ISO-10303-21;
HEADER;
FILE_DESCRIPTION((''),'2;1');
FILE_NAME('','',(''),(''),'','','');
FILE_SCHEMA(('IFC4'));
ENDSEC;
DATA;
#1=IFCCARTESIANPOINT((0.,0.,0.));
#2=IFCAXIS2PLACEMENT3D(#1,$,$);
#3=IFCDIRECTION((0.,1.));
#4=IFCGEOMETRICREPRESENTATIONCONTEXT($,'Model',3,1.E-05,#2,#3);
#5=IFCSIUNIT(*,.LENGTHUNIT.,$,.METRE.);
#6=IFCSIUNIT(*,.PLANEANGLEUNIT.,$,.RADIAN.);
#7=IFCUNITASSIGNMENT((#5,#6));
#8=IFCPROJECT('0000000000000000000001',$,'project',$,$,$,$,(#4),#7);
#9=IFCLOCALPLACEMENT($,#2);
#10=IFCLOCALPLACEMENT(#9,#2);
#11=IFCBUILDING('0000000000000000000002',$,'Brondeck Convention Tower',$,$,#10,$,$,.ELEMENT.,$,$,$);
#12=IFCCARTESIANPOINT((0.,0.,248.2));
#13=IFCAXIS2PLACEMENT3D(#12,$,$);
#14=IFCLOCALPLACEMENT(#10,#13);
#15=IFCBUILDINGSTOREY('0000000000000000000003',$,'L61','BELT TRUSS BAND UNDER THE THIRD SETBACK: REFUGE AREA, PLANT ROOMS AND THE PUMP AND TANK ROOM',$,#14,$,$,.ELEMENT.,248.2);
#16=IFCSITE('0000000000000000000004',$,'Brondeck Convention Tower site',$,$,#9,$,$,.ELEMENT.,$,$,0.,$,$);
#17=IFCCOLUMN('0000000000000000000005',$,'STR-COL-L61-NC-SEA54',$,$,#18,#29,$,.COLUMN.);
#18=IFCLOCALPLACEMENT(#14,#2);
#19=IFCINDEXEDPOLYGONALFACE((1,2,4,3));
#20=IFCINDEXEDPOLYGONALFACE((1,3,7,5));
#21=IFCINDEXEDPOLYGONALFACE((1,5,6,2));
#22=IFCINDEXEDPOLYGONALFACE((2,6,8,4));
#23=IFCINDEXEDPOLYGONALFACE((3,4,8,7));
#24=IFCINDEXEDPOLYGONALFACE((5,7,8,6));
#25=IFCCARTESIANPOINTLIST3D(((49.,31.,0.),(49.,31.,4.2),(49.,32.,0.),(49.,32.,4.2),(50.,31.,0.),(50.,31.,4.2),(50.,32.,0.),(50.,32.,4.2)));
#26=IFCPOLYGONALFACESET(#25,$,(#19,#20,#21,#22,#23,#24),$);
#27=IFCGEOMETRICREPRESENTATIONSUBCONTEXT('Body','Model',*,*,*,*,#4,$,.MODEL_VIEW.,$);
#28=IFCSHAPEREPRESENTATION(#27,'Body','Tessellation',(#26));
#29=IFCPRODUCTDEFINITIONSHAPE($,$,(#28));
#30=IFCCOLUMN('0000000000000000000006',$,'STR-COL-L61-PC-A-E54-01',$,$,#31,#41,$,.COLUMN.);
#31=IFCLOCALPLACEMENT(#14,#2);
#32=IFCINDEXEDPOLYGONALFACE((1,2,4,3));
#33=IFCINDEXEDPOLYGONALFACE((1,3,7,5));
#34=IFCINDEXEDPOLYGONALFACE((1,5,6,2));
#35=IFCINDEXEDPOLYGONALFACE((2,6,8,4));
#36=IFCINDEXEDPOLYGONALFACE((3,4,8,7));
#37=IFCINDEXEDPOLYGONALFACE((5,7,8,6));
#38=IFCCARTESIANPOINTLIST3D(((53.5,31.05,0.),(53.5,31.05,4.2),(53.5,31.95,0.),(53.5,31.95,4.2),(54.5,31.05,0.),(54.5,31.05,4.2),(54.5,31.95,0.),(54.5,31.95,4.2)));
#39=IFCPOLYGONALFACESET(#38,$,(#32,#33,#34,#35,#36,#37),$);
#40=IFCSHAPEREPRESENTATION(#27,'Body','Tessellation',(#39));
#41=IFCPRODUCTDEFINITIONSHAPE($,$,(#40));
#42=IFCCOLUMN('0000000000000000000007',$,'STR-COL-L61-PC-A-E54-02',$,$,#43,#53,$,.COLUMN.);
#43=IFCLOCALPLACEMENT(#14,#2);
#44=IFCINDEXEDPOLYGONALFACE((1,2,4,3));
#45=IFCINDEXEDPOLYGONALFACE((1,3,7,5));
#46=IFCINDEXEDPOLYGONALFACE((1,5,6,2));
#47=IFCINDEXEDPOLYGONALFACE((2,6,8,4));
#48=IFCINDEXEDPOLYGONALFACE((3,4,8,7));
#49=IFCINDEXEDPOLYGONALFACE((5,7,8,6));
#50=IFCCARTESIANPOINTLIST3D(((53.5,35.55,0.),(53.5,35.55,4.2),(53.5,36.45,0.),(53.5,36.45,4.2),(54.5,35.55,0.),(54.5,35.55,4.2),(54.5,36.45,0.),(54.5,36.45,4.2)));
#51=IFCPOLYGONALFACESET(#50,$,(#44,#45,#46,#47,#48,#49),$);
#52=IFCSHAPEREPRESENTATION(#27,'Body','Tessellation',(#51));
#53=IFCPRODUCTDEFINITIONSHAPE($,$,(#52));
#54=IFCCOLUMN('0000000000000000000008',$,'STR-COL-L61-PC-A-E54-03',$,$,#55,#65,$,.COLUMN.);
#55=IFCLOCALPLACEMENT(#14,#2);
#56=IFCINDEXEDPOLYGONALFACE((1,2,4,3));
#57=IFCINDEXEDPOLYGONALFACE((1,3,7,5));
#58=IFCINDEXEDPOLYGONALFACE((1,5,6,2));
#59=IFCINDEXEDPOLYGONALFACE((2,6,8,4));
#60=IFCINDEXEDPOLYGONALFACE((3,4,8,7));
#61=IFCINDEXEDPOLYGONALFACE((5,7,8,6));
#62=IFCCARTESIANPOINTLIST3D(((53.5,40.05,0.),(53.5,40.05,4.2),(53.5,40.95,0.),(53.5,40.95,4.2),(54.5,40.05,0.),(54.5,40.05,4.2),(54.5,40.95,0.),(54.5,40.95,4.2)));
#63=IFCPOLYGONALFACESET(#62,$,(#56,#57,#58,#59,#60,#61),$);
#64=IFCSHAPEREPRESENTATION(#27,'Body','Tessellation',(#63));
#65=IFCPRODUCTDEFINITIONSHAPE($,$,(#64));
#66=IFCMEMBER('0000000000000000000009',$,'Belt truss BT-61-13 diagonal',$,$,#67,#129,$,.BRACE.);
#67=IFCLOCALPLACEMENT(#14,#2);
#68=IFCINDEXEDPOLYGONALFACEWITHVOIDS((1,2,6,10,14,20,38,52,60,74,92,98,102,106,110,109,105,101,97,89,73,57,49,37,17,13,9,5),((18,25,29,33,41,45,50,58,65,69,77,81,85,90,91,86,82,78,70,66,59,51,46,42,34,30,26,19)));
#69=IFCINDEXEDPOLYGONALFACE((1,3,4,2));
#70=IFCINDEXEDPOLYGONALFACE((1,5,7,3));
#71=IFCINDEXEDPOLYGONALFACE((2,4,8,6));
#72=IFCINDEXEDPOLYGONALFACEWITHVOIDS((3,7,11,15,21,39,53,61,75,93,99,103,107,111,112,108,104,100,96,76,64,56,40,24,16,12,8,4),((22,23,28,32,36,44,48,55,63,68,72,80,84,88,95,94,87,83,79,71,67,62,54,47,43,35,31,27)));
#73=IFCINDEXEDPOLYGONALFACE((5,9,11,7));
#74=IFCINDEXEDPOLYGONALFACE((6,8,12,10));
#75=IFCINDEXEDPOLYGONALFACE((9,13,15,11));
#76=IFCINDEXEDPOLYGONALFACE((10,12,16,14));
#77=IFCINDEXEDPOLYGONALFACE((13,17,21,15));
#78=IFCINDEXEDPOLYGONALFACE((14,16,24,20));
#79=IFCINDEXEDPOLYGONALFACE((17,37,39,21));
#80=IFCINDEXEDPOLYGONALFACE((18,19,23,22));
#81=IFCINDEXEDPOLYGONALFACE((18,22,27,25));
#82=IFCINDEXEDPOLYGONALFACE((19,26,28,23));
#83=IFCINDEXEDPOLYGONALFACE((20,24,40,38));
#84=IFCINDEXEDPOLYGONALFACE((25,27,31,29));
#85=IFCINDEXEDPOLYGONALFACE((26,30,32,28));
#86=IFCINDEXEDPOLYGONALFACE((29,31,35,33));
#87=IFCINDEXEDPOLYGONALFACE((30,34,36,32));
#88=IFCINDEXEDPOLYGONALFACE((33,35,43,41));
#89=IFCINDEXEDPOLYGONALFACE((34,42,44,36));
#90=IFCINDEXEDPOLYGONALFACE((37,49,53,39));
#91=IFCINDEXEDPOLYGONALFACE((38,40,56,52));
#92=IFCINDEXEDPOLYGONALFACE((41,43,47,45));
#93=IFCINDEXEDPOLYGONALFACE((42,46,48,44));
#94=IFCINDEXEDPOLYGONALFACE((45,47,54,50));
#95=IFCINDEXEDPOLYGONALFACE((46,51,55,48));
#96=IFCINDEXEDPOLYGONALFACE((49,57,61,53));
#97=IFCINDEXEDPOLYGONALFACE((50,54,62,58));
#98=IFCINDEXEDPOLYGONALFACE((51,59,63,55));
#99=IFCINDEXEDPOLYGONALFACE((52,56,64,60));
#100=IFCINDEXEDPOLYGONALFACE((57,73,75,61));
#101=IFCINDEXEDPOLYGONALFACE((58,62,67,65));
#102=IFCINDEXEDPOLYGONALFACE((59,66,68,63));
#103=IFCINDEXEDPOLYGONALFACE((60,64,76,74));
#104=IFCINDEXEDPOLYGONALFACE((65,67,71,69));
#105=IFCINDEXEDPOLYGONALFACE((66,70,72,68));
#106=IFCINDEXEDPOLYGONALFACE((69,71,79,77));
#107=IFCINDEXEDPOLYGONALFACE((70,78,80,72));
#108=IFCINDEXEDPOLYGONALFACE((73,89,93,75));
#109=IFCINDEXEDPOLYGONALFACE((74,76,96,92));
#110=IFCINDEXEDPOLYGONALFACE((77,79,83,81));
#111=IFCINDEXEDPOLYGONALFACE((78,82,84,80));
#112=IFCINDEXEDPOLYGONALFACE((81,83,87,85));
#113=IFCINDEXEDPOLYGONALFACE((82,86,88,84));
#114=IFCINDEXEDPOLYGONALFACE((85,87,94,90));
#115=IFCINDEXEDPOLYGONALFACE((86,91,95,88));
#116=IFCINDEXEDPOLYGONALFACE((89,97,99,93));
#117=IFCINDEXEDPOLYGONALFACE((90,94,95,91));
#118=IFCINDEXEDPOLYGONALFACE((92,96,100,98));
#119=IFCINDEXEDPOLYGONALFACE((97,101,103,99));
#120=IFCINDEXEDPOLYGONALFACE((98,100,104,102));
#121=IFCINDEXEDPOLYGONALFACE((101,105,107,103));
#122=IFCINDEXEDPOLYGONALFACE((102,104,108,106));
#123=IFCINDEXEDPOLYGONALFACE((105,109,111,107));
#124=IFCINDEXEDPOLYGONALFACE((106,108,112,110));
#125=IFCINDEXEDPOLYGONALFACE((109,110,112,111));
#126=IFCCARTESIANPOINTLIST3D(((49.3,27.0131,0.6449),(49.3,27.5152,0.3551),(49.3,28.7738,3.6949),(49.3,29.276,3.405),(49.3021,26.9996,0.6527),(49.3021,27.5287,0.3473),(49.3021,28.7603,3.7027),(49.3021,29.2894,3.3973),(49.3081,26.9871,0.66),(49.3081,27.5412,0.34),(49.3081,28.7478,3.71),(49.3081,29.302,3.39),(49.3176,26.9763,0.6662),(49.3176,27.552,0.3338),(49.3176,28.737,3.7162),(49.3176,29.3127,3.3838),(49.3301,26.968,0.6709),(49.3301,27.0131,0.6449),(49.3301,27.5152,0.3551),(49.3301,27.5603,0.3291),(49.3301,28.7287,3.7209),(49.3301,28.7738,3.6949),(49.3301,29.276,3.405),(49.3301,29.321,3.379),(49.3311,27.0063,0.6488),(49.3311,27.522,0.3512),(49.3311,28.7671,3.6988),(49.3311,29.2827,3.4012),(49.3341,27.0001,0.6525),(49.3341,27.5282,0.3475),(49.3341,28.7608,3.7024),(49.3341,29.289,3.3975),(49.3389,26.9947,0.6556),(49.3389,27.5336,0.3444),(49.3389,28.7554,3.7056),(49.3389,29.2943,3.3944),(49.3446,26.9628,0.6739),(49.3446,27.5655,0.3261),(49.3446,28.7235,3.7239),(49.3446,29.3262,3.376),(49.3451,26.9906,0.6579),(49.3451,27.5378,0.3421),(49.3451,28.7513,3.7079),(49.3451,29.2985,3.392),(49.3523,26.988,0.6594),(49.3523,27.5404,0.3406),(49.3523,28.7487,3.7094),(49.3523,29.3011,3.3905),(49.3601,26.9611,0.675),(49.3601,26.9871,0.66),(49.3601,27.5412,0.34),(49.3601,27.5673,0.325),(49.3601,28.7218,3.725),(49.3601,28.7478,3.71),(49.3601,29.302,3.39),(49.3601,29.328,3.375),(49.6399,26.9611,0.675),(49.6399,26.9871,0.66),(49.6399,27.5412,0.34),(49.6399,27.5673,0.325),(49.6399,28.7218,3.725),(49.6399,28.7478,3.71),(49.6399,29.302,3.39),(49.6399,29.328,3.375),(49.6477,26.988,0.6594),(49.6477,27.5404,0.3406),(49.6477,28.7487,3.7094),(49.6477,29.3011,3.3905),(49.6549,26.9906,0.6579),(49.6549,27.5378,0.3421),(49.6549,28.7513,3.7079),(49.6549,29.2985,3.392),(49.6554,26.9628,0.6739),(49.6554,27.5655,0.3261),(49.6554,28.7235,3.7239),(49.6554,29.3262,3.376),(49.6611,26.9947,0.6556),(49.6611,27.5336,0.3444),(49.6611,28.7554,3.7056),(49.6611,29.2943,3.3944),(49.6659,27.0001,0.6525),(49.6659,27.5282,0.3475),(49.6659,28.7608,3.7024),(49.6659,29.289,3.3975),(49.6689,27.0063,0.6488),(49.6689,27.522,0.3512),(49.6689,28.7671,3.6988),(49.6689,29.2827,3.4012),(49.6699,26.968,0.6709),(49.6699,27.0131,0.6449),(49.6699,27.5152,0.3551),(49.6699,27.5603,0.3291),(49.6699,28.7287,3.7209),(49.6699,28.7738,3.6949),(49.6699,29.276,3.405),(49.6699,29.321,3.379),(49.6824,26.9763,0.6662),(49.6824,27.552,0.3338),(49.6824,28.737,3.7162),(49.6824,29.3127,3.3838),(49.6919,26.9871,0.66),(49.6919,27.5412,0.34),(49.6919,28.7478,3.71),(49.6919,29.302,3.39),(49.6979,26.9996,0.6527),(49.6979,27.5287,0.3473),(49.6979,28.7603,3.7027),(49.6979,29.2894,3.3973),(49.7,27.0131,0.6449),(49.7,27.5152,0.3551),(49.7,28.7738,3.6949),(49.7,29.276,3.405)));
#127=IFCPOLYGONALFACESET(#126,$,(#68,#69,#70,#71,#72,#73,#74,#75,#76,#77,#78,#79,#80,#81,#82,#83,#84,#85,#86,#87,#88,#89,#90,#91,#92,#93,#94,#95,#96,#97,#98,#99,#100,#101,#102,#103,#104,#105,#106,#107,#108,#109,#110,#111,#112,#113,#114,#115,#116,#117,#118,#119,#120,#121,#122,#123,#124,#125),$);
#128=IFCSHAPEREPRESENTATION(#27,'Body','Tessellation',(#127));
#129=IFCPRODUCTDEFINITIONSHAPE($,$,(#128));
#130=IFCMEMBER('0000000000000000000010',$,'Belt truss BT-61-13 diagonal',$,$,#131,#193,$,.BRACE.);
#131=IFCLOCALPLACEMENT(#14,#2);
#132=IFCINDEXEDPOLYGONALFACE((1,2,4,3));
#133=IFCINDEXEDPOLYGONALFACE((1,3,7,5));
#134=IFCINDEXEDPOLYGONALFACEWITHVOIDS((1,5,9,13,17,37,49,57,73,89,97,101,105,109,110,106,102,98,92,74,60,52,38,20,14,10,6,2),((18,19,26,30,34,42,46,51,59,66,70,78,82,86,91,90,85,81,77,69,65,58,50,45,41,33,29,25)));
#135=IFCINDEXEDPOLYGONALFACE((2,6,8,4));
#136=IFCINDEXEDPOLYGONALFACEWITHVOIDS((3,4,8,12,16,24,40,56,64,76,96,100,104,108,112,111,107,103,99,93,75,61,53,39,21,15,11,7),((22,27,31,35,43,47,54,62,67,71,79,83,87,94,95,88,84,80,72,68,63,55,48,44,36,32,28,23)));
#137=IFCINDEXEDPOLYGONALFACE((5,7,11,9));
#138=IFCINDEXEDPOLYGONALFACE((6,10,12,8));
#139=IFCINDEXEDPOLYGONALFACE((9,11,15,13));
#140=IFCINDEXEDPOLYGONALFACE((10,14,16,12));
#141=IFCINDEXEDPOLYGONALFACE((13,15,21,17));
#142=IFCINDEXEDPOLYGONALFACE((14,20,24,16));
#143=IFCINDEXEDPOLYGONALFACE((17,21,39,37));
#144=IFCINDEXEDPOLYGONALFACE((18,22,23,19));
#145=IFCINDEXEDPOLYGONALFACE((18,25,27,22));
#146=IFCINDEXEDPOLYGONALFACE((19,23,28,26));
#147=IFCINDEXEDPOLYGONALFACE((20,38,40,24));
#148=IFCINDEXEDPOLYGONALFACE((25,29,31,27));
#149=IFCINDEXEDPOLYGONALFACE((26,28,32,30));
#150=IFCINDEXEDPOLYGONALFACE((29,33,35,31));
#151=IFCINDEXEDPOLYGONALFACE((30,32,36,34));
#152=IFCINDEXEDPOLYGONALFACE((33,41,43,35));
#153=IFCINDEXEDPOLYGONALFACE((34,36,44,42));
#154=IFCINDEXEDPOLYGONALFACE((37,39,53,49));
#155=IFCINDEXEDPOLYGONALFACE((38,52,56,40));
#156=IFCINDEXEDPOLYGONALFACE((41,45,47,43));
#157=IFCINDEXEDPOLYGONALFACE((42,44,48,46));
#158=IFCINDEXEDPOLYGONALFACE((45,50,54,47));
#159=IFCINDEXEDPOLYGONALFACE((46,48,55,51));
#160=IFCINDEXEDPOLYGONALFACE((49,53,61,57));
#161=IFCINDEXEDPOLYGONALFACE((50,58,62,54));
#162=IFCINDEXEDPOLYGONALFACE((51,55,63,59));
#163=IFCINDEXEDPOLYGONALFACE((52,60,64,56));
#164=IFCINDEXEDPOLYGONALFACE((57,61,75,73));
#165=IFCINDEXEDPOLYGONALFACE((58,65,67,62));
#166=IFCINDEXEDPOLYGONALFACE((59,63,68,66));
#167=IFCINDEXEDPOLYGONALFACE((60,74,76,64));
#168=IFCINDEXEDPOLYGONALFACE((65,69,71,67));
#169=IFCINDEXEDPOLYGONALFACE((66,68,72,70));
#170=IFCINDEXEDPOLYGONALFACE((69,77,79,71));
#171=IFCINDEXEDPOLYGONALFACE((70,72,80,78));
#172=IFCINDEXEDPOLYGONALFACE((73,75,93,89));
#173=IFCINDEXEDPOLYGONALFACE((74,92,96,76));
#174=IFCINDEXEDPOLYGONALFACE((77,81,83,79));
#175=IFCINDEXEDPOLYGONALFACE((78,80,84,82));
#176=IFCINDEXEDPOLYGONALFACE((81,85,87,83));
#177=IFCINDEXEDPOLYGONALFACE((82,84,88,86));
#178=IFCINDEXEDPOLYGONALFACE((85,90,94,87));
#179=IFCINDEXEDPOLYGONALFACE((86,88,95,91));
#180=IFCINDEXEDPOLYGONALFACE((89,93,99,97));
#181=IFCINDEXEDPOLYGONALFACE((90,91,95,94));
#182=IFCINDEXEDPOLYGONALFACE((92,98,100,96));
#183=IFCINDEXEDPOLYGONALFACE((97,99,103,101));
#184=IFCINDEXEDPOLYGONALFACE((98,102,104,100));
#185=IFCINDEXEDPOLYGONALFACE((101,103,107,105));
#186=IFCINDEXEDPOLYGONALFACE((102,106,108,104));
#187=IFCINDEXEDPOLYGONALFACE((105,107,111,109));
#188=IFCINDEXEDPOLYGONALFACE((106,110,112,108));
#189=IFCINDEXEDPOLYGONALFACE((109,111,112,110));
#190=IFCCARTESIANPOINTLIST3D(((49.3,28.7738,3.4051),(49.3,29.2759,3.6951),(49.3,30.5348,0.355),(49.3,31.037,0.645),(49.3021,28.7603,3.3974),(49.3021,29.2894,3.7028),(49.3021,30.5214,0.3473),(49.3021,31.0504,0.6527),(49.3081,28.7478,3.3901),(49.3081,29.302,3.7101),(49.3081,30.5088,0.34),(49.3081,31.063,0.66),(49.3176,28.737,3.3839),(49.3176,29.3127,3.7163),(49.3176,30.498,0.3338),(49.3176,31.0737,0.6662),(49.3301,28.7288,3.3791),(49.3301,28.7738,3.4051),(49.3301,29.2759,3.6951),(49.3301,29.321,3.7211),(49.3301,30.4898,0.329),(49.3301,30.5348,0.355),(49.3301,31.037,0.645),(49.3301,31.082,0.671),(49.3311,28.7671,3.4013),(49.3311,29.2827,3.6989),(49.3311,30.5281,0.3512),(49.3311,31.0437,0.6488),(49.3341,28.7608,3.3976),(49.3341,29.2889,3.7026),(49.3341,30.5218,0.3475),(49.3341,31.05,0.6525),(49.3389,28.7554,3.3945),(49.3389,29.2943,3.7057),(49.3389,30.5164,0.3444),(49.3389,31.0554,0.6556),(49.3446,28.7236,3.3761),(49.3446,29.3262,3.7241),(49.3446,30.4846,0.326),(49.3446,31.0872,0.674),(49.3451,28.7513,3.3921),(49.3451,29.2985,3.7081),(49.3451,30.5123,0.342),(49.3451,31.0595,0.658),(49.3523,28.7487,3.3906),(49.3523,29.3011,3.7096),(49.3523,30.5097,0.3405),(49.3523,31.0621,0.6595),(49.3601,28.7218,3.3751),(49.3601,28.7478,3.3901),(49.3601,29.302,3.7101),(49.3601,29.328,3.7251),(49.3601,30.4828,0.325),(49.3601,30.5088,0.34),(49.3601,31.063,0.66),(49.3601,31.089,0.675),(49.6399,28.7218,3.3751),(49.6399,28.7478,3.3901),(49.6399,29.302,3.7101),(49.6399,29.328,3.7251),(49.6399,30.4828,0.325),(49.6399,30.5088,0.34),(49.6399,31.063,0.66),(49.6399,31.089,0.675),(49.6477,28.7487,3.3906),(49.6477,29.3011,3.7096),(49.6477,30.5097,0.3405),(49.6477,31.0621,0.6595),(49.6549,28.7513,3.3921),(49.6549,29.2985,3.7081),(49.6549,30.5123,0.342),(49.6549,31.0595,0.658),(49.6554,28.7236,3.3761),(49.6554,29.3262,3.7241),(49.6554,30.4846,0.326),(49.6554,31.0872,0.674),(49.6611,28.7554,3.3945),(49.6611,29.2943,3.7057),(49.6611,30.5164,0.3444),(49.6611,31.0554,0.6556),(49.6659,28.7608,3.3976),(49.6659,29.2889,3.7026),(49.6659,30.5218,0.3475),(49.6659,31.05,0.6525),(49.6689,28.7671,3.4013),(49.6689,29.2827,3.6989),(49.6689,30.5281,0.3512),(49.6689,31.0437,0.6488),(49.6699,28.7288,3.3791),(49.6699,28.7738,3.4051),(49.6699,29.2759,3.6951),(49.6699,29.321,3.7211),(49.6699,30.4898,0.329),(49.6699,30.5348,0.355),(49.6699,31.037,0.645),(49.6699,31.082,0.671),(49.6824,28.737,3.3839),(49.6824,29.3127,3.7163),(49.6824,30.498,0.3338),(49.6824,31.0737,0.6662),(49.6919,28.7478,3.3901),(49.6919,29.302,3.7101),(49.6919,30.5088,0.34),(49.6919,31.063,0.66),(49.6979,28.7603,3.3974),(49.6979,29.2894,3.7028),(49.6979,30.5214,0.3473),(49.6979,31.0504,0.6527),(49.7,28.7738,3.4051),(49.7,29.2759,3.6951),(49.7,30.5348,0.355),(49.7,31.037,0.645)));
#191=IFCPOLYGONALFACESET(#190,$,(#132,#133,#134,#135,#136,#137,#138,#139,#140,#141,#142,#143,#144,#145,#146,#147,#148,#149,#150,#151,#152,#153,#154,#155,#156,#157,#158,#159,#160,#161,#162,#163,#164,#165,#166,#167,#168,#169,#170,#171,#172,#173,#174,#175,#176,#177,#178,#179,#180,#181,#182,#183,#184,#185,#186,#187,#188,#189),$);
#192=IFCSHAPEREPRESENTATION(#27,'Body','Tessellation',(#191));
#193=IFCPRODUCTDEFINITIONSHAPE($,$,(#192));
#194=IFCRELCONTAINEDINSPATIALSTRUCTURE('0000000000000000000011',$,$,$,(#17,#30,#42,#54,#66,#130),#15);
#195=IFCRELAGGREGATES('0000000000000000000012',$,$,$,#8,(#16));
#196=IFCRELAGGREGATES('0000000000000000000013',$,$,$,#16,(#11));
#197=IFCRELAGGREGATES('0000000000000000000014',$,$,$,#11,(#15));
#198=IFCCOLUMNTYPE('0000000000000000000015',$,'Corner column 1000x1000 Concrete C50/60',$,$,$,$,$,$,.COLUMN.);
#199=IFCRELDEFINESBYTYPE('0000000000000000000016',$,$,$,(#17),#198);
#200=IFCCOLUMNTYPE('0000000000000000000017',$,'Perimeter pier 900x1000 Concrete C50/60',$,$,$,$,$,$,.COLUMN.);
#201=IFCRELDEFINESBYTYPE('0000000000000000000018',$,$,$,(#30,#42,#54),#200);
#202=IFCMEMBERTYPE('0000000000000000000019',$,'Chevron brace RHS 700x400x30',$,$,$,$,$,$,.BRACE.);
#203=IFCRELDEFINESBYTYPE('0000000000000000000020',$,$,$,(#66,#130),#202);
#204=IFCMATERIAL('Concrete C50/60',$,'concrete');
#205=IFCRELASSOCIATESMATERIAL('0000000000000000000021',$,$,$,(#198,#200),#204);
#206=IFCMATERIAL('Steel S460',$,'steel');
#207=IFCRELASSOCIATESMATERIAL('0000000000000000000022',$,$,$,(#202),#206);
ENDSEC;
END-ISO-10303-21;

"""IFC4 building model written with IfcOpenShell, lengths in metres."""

from ifc_helpers import new_model, si_unit, direction, frame, origin, origin_2d, place, context, subcontext, project, spatial, rectangle, hollow_rectangle, extrude, material, material_profile, profile_set, type_object, element, save


model = new_model("IFC4")

# Units and contexts
model_context = context("Model", 3, precision=1e-05, world=origin(), true_north=direction((0.0, 1.0)))
body_context = subcontext(model_context, "Body", "Model", "MODEL_VIEW")
ifc_project = project(units=[si_unit("LENGTHUNIT", "METRE"), si_unit("PLANEANGLEUNIT", "RADIAN")], contexts=[model_context])

# Site, building, storey
site_placement = place(None, origin())
site = spatial("IfcSite", under=ifc_project, at=site_placement, Name="Brondeck Convention Tower site", CompositionType="ELEMENT", RefElevation=0.0)
building_placement = place(site_placement, origin())
building = spatial("IfcBuilding", under=site, at=building_placement, Name="Brondeck Convention Tower", CompositionType="ELEMENT")
storey_placement = place(building_placement, frame((0.0, 0.0, 248.2)))
storey = spatial("IfcBuildingStorey", under=building, at=storey_placement, Name="L61", Description="BELT TRUSS BAND UNDER THE THIRD SETBACK: REFUGE AREA, PLANT ROOMS AND THE PUMP AND TANK ROOM", CompositionType="ELEMENT", Elevation=248.2)

# Columns
ifc_material_1 = material(Name="Concrete C50/60", Category="concrete")
ifc_material_profile_1 = material_profile(ifc_material_1, rectangle(XDim=1.0, YDim=1.0, at=origin_2d()), Name="Corner column 1000x1000 Concrete C50/60")
ifc_profile_set_1 = profile_set([ifc_material_profile_1], Name="Concrete C50/60")
column_type_1 = type_object("IfcColumnType", Name="Corner column 1000x1000 Concrete C50/60", PredefinedType="COLUMN", material=ifc_profile_set_1)
column_placement = place(storey_placement, frame((49.5, 31.5, 0.0), z_axis=(0.0, 0.0, 1.0), x_axis=(1.0, 0.0, 0.0)))
element("IfcColumn", 1, at=column_placement, inside=storey, type_object=column_type_1, Name="STR-COL-L61-NC-SEA54", PredefinedType="COLUMN", context=body_context, shape_type="SweptSolid", body=[
    extrude(rectangle(XDim=1.0, YDim=1.0, at=origin_2d()), origin(), (0.0, 0.0, 1.0), 4.2),
])
ifc_material_profile_2 = material_profile(ifc_material_1, rectangle(XDim=0.8999, YDim=1.0, at=origin_2d()), Name="Perimeter pier 900x1000 Concrete C50/60")
ifc_profile_set_2 = profile_set([ifc_material_profile_2], Name="Concrete C50/60")
column_type_2 = type_object("IfcColumnType", Name="Perimeter pier 900x1000 Concrete C50/60", PredefinedType="COLUMN", material=ifc_profile_set_2)
for number, where, z_axis, x_axis, name in (
    (2, (54.0, 31.5, 0.0), (0.0, 0.0, 1.0), (0.0, 1.0, 0.0), "STR-COL-L61-PC-A-E54-01"),
    (3, (54.0, 36.0, 0.0), (0.0, 0.0, 1.0), (0.0, 1.0, 0.0), "STR-COL-L61-PC-A-E54-02"),
    (4, (54.0, 40.5, 0.0), (0.0, 0.0, 1.0), (0.0, 1.0, 0.0), "STR-COL-L61-PC-A-E54-03"),
):
    element("IfcColumn", number, at=place(storey_placement, frame(where, z_axis=z_axis, x_axis=x_axis)), inside=storey, type_object=column_type_2, Name=name, PredefinedType="COLUMN", context=body_context, shape_type="SweptSolid", body=[
        extrude(rectangle(XDim=0.8999, YDim=1.0, at=origin_2d()), origin(), (0.0, 0.0, 1.0), 4.2),
    ])

# Members
ifc_material_2 = material(Name="Steel S460", Category="steel")
ifc_material_profile_3 = material_profile(ifc_material_2, hollow_rectangle(XDim=0.3999, YDim=0.7, WallThickness=0.03, InnerFilletRadius=0.03, OuterFilletRadius=0.0601, at=origin_2d()), Name="RHS 700x400x30")
ifc_profile_set_3 = profile_set([ifc_material_profile_3], Name="Steel S460")
member_type_1 = type_object("IfcMemberType", Name="Chevron brace RHS 700x400x30", PredefinedType="BRACE", material=ifc_profile_set_3)
member_1_placement = place(storey_placement, frame((49.5, 27.2642, 0.5), z_axis=(0.0, 0.499956, 0.866051), x_axis=(-1.0, 0.0, 0.0)))
element("IfcMember", 5, at=member_1_placement, inside=storey, type_object=member_type_1, Name="Belt truss BT-61-13 diagonal", PredefinedType="BRACE", context=body_context, shape_type="SweptSolid", body=[
    extrude(hollow_rectangle(XDim=0.3999, YDim=0.7, WallThickness=0.03, InnerFilletRadius=0.03, OuterFilletRadius=0.0601, at=origin_2d()), origin(), (0.0, 0.0, 1.0), 3.5217),
])
for number, where, z_axis, x_axis, name in (
    (6, (49.5, 30.7859, 0.5), (0.0, -0.500008, 0.866021), (1.0, 0.0, 0.0), "Belt truss BT-61-13 diagonal"),
):
    element("IfcMember", number, at=place(storey_placement, frame(where, z_axis=z_axis, x_axis=x_axis)), inside=storey, type_object=member_type_1, Name=name, PredefinedType="BRACE", context=body_context, shape_type="SweptSolid", body=[
        extrude(hollow_rectangle(XDim=0.3999, YDim=0.7, WallThickness=0.03, InnerFilletRadius=0.03, OuterFilletRadius=0.0601, at=origin_2d()), origin(), (0.0, 0.0, 1.0), 3.522),
    ])

save(model, "model.ifc")
